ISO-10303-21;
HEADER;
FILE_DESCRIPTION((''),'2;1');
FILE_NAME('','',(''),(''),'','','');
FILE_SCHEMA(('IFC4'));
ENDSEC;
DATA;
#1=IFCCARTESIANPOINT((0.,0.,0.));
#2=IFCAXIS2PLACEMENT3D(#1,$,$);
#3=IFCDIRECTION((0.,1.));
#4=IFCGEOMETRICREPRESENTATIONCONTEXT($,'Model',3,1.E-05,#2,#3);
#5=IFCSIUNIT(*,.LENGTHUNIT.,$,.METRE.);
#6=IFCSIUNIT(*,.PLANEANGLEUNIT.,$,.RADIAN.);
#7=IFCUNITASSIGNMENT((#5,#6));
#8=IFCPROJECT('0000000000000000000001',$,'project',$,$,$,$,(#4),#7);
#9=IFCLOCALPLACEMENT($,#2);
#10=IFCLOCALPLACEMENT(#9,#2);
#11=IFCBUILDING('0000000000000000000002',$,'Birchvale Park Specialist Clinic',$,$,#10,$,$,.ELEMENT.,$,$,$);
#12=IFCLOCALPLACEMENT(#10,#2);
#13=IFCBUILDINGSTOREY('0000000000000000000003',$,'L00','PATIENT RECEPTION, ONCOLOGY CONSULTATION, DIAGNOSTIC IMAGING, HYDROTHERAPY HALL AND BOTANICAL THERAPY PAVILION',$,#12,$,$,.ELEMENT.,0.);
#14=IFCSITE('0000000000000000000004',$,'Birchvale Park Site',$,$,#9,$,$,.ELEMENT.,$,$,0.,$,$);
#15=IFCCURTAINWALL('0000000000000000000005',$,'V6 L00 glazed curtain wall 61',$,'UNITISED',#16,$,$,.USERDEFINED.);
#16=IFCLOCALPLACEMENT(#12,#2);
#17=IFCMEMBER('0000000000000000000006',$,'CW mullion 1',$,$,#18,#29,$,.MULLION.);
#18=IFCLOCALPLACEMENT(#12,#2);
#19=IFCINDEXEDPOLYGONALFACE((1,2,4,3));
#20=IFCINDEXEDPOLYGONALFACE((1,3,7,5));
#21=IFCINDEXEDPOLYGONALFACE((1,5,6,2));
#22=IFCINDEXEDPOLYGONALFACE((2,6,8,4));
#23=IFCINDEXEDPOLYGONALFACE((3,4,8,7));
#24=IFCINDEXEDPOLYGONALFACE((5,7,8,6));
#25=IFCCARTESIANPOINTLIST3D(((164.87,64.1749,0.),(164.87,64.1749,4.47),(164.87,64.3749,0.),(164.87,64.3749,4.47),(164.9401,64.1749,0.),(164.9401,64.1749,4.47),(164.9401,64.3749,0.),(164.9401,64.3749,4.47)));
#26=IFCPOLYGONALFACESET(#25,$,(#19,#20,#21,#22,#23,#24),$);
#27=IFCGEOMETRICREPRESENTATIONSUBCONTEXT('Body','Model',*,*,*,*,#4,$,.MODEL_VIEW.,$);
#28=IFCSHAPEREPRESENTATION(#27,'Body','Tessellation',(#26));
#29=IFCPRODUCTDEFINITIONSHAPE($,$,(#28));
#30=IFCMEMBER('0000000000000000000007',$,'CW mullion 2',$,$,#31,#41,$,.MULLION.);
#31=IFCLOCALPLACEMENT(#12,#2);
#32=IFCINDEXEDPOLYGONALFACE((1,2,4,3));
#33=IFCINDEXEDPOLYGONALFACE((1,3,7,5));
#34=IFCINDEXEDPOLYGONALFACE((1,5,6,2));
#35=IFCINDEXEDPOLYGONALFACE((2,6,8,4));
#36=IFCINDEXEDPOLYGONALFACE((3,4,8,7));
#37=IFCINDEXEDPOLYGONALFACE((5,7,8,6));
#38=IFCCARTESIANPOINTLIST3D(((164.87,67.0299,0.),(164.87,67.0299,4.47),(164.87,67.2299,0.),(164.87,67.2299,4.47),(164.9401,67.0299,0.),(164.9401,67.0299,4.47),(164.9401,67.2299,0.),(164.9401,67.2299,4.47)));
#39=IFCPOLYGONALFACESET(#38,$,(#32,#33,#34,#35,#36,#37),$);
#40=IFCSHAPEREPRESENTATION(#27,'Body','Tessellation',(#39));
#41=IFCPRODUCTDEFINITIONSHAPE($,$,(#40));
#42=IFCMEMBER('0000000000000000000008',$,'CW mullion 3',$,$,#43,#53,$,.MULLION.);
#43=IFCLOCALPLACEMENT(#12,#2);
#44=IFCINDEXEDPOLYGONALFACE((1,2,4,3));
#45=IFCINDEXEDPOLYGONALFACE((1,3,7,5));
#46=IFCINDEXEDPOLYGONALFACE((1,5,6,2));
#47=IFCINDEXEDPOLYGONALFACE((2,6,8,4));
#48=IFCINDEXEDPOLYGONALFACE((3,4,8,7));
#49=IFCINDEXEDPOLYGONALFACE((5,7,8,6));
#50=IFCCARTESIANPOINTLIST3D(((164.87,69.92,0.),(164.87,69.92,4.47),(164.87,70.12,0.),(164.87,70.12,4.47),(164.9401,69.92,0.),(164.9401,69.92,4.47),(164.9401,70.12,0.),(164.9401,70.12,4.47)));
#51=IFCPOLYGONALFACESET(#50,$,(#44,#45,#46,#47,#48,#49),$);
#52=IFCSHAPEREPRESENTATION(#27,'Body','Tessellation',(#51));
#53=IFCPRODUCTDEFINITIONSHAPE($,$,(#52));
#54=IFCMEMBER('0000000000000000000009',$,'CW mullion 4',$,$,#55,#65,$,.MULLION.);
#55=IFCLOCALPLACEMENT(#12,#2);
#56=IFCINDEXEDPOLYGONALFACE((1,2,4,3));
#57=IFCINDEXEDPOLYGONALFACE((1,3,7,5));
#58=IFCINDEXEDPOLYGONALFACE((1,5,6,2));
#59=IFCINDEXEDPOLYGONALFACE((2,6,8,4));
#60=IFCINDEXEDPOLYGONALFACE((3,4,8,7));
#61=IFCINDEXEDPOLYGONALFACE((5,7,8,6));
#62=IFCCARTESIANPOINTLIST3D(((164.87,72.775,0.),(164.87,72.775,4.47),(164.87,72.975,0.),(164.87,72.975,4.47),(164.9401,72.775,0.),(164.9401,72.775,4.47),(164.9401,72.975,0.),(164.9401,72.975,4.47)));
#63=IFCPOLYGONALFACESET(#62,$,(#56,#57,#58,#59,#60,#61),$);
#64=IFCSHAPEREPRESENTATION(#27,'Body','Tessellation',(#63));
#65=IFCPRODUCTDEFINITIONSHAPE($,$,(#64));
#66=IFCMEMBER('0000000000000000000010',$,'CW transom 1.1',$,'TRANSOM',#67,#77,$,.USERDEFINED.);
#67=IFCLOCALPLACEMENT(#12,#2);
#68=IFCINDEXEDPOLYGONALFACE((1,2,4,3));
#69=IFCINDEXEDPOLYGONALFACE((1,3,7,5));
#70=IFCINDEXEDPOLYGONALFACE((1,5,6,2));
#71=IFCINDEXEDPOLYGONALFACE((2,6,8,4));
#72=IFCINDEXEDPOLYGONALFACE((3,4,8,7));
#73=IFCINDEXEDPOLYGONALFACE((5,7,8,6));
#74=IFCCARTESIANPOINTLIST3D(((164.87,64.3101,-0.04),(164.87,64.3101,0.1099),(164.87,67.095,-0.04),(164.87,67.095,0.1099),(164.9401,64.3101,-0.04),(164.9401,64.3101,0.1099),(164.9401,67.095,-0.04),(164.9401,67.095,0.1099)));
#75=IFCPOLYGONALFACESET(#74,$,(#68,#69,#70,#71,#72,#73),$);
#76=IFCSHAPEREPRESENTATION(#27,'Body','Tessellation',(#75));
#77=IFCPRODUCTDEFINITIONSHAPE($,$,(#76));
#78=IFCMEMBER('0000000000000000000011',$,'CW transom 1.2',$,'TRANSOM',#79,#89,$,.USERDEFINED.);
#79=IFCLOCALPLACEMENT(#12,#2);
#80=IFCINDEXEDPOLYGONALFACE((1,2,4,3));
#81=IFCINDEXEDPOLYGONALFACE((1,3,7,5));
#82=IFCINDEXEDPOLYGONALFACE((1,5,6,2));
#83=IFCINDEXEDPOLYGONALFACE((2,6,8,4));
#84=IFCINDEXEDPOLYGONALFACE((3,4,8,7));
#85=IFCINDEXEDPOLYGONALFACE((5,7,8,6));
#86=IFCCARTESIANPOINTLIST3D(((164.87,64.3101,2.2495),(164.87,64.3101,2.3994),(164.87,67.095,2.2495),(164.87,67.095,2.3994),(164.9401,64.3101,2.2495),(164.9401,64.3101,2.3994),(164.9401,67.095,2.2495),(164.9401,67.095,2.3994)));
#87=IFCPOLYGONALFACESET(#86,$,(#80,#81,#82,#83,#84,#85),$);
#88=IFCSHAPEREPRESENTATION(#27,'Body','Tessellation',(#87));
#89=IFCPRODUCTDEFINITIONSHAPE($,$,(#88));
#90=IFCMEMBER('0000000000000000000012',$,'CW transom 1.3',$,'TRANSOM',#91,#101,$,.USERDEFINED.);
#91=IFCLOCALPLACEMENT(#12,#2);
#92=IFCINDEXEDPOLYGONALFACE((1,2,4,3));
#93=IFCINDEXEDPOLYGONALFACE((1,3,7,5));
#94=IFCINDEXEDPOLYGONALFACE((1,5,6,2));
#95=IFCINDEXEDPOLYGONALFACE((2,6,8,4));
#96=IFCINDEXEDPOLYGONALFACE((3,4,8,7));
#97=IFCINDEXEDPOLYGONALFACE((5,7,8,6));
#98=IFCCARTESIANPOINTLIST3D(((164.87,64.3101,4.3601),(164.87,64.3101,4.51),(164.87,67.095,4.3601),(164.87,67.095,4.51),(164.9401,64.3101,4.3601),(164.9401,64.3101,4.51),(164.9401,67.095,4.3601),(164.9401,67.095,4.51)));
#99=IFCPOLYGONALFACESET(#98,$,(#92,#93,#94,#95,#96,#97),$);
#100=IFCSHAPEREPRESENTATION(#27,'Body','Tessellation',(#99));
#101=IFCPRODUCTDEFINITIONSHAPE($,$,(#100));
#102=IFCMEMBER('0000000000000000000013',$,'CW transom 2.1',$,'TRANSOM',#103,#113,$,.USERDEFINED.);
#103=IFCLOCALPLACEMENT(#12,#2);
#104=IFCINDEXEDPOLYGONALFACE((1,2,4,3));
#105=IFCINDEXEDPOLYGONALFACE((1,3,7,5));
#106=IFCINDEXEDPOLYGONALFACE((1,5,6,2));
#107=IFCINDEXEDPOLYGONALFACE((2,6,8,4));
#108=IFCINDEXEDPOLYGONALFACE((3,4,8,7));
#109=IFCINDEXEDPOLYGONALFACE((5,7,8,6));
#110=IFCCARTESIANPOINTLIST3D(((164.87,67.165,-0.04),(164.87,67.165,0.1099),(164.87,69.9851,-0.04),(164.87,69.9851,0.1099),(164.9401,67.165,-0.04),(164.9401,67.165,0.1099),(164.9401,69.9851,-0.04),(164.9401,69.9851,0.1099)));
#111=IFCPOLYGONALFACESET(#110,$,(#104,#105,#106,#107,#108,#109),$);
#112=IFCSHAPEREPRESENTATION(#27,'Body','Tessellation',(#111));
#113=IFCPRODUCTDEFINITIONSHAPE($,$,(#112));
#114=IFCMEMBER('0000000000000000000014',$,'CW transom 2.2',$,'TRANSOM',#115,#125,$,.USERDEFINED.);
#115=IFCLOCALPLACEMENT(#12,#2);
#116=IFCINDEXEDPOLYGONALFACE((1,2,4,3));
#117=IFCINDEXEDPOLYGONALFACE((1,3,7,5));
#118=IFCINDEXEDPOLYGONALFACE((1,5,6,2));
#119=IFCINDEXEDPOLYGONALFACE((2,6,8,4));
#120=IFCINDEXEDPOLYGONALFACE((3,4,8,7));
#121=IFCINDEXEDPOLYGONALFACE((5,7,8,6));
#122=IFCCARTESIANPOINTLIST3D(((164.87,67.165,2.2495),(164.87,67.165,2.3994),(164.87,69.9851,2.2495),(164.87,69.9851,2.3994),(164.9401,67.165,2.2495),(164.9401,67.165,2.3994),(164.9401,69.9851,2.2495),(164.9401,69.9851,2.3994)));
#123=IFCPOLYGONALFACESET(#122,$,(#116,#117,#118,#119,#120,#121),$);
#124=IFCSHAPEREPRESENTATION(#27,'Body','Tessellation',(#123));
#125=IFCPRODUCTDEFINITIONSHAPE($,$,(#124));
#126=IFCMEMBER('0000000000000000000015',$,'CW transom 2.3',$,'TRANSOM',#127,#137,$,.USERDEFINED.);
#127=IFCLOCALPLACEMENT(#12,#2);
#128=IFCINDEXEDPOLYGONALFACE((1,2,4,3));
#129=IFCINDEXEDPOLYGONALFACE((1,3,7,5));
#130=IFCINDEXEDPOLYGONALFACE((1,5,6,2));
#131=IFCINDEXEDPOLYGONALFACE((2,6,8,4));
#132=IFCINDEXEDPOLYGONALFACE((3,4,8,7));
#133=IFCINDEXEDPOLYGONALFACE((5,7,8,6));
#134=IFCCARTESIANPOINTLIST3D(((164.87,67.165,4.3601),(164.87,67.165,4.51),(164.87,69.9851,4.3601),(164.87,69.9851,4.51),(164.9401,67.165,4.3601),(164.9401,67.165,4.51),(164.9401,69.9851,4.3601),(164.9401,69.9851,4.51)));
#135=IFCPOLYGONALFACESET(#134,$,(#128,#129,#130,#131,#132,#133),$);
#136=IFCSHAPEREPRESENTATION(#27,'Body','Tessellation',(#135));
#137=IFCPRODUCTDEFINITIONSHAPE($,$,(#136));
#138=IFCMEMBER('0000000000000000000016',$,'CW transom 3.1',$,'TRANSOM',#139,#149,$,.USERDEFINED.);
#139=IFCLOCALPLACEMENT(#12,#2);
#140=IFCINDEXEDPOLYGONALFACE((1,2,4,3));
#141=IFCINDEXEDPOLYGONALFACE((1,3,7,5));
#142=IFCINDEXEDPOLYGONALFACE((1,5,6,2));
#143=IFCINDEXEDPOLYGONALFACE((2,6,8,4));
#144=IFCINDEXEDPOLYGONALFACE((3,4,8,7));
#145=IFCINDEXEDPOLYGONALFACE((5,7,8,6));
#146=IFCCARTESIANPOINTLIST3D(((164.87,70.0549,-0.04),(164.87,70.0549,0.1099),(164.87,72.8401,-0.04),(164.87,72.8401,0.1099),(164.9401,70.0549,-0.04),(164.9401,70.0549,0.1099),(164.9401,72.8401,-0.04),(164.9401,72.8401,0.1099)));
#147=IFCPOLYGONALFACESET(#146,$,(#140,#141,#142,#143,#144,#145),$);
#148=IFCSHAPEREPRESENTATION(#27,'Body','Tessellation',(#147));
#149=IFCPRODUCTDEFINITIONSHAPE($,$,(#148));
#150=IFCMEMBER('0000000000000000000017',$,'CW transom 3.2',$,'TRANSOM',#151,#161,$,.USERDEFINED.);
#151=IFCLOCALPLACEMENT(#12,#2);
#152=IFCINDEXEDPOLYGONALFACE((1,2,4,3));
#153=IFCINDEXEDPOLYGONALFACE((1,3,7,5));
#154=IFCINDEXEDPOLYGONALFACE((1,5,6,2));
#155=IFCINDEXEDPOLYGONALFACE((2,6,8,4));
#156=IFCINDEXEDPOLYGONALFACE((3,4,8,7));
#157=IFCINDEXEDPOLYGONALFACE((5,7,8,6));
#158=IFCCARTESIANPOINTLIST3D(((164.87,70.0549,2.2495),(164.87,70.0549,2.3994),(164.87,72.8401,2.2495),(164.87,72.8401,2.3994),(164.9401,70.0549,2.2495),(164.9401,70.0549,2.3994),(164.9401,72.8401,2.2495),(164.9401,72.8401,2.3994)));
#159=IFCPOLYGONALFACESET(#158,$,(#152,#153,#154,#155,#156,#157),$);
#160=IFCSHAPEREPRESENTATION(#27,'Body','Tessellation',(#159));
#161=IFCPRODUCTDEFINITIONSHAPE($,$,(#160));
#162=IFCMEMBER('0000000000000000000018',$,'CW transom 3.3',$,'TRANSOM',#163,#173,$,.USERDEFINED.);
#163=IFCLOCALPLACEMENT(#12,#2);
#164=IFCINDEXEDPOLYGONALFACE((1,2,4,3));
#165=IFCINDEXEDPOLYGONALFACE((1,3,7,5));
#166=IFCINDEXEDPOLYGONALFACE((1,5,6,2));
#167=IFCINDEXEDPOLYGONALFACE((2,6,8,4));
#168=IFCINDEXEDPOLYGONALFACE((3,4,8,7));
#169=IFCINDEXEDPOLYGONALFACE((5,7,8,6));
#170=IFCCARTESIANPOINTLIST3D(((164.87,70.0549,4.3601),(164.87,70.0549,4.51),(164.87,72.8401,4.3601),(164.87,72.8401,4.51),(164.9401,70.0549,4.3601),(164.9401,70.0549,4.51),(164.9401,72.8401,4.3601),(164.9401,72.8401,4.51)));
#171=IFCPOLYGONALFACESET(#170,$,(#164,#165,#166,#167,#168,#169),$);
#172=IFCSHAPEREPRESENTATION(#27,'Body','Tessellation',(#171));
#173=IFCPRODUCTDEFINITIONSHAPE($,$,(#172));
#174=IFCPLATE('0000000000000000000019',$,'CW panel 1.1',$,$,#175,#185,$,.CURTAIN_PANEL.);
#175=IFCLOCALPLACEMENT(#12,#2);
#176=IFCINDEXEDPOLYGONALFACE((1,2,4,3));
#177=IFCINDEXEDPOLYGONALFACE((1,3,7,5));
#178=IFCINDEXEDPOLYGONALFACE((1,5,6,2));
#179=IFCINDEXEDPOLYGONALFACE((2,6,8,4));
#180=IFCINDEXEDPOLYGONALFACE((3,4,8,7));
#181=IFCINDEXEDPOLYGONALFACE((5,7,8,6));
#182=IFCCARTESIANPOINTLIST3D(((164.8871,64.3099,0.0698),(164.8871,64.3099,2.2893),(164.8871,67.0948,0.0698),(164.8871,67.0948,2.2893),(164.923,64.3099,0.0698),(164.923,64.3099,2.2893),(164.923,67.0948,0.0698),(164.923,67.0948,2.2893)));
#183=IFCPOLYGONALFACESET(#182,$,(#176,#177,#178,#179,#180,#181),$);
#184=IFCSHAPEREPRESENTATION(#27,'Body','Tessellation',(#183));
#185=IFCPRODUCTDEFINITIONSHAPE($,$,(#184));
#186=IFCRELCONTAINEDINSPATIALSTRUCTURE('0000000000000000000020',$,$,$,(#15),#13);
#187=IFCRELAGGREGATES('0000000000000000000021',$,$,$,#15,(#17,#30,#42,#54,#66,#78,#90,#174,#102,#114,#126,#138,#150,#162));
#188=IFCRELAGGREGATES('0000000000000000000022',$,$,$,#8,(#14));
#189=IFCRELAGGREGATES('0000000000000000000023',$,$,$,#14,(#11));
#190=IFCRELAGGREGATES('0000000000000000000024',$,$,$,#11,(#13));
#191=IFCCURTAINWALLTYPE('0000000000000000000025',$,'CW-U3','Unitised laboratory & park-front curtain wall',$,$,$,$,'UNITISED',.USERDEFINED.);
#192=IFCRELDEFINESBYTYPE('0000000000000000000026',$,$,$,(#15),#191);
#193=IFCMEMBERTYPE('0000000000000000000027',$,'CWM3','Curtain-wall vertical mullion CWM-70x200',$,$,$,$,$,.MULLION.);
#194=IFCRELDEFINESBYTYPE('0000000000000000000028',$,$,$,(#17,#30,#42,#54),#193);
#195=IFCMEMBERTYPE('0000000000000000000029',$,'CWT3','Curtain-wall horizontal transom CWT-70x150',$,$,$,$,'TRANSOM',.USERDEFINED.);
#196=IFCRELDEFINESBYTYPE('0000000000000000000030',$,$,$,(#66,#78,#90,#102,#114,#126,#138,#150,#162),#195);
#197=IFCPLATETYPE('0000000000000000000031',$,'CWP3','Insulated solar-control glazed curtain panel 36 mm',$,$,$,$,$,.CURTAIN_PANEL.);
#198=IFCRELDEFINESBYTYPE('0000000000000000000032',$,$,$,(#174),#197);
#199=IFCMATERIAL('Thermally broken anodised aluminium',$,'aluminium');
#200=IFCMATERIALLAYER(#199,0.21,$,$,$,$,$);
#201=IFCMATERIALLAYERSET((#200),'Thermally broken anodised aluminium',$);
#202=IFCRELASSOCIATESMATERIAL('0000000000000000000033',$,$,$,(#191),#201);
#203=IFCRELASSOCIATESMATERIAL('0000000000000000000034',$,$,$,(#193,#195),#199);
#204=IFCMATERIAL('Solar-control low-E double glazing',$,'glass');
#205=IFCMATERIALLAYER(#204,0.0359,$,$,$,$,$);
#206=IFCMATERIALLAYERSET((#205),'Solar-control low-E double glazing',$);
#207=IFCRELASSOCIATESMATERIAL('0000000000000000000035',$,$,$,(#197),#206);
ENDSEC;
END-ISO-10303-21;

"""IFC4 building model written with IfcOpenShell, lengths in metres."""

from ifc_helpers import new_model, si_unit, direction, frame, origin, origin_2d, place, context, subcontext, project, spatial, rectangle, extrude, material, layer, layer_set, material_profile, profile_set, type_object, element, aggregate, save


model = new_model("IFC4")

# Units and contexts
model_context = context("Model", 3, precision=1e-05, world=origin(), true_north=direction((0.0, 1.0)))
body_context = subcontext(model_context, "Body", "Model", "MODEL_VIEW")
ifc_project = project(units=[si_unit("LENGTHUNIT", "METRE"), si_unit("PLANEANGLEUNIT", "RADIAN")], contexts=[model_context])

# Site, building, storey
site_placement = place(None, origin())
site = spatial("IfcSite", under=ifc_project, at=site_placement, Name="Birchvale Park Site", CompositionType="ELEMENT", RefElevation=0.0)
building_placement = place(site_placement, origin())
building = spatial("IfcBuilding", under=site, at=building_placement, Name="Birchvale Park Specialist Clinic", CompositionType="ELEMENT")
storey_placement = place(building_placement, origin())
storey = spatial("IfcBuildingStorey", under=building, at=storey_placement, Name="L00", Description="PATIENT RECEPTION, ONCOLOGY CONSULTATION, DIAGNOSTIC IMAGING, HYDROTHERAPY HALL AND BOTANICAL THERAPY PAVILION", CompositionType="ELEMENT", Elevation=0.0)

# Curtain wall, members, plate
ifc_material_1 = material(Name="Thermally broken anodised aluminium", Category="aluminium")
ifc_layer_1 = layer(ifc_material_1, 0.21)
ifc_layer_set_1 = layer_set([ifc_layer_1], Name="Thermally broken anodised aluminium")
curtain_wall_type = type_object("IfcCurtainWallType", Name="CW-U3", Description="Unitised laboratory & park-front curtain wall", ElementType="UNITISED", PredefinedType="USERDEFINED", material=ifc_layer_set_1)
curtain_wall_placement = place(storey_placement, origin())
curtain_wall = element("IfcCurtainWall", 1, at=curtain_wall_placement, inside=storey, type_object=curtain_wall_type, Name="V6 L00 glazed curtain wall 61", ObjectType="UNITISED", PredefinedType="USERDEFINED")
ifc_material_profile_1 = material_profile(ifc_material_1, rectangle(XDim=0.0701, YDim=0.2, at=origin_2d()), Name="CWM-70x200")
ifc_profile_set_1 = profile_set([ifc_material_profile_1], Name="Thermally broken anodised aluminium")
member_type_1 = type_object("IfcMemberType", Name="CWM3", Description="Curtain-wall vertical mullion CWM-70x200", PredefinedType="MULLION", material=ifc_profile_set_1)
member_1_placement = place(storey_placement, frame((164.905, 64.2749, 0.0), z_axis=(0.0, 0.0, 1.0), x_axis=(-1.0, 0.0, 0.0)))
member_1 = element("IfcMember", 2, at=member_1_placement, type_object=member_type_1, Name="CW mullion 1", PredefinedType="MULLION", context=body_context, shape_type="SweptSolid", body=[
    extrude(rectangle(XDim=0.0701, YDim=0.2, at=origin_2d()), origin(), (0.0, 0.0, 1.0), 4.47),
])
member_2_placement = place(storey_placement, frame((164.905, 67.1299, 0.0), z_axis=(0.0, 0.0, 1.0), x_axis=(-1.0, 0.0, 0.0)))
member_2 = element("IfcMember", 3, at=member_2_placement, type_object=member_type_1, Name="CW mullion 2", PredefinedType="MULLION", context=body_context, shape_type="SweptSolid", body=[
    extrude(rectangle(XDim=0.0701, YDim=0.2, at=origin_2d()), origin(), (0.0, 0.0, 1.0), 4.47),
])
member_3_placement = place(storey_placement, frame((164.905, 70.02, 0.0), z_axis=(0.0, 0.0, 1.0), x_axis=(-1.0, 0.0, 0.0)))
member_3 = element("IfcMember", 4, at=member_3_placement, type_object=member_type_1, Name="CW mullion 3", PredefinedType="MULLION", context=body_context, shape_type="SweptSolid", body=[
    extrude(rectangle(XDim=0.0701, YDim=0.2, at=origin_2d()), origin(), (0.0, 0.0, 1.0), 4.47),
])
member_4_placement = place(storey_placement, frame((164.905, 72.875, 0.0), z_axis=(0.0, 0.0, 1.0), x_axis=(-1.0, 0.0, 0.0)))
member_4 = element("IfcMember", 5, at=member_4_placement, type_object=member_type_1, Name="CW mullion 4", PredefinedType="MULLION", context=body_context, shape_type="SweptSolid", body=[
    extrude(rectangle(XDim=0.0701, YDim=0.2, at=origin_2d()), origin(), (0.0, 0.0, 1.0), 4.47),
])
ifc_material_profile_2 = material_profile(ifc_material_1, rectangle(XDim=0.0701, YDim=0.1499, at=origin_2d()), Name="CWT-70x150")
ifc_profile_set_2 = profile_set([ifc_material_profile_2], Name="Thermally broken anodised aluminium")
member_type_2 = type_object("IfcMemberType", Name="CWT3", Description="Curtain-wall horizontal transom CWT-70x150", ElementType="TRANSOM", PredefinedType="USERDEFINED", material=ifc_profile_set_2)
member_5_placement = place(storey_placement, frame((164.905, 64.3101, 0.0349), z_axis=(0.0, 1.0, 0.0), x_axis=(-1.0, 0.0, 0.0)))
member_5 = element("IfcMember", 6, at=member_5_placement, type_object=member_type_2, Name="CW transom 1.1", ObjectType="TRANSOM", PredefinedType="USERDEFINED", context=body_context, shape_type="SweptSolid", body=[
    extrude(rectangle(XDim=0.0701, YDim=0.1499, at=origin_2d()), origin(), (0.0, 0.0, 1.0), 2.7849),
])
member_6_placement = place(storey_placement, frame((164.905, 64.3101, 2.3245), z_axis=(0.0, 1.0, 0.0), x_axis=(-1.0, 0.0, 0.0)))
member_6 = element("IfcMember", 7, at=member_6_placement, type_object=member_type_2, Name="CW transom 1.2", ObjectType="TRANSOM", PredefinedType="USERDEFINED", context=body_context, shape_type="SweptSolid", body=[
    extrude(rectangle(XDim=0.0701, YDim=0.1499, at=origin_2d()), origin(), (0.0, 0.0, 1.0), 2.7849),
])
member_7_placement = place(storey_placement, frame((164.905, 64.3101, 4.4351), z_axis=(0.0, 1.0, 0.0), x_axis=(-1.0, 0.0, 0.0)))
member_7 = element("IfcMember", 8, at=member_7_placement, type_object=member_type_2, Name="CW transom 1.3", ObjectType="TRANSOM", PredefinedType="USERDEFINED", context=body_context, shape_type="SweptSolid", body=[
    extrude(rectangle(XDim=0.0701, YDim=0.1499, at=origin_2d()), origin(), (0.0, 0.0, 1.0), 2.7849),
])
member_8_placement = place(storey_placement, frame((164.905, 67.165, 0.0349), z_axis=(0.0, 1.0, 0.0), x_axis=(-1.0, 0.0, 0.0)))
member_8 = element("IfcMember", 9, at=member_8_placement, type_object=member_type_2, Name="CW transom 2.1", ObjectType="TRANSOM", PredefinedType="USERDEFINED", context=body_context, shape_type="SweptSolid", body=[
    extrude(rectangle(XDim=0.0701, YDim=0.1499, at=origin_2d()), origin(), (0.0, 0.0, 1.0), 2.8201),
])
member_9_placement = place(storey_placement, frame((164.905, 67.165, 2.3245), z_axis=(0.0, 1.0, 0.0), x_axis=(-1.0, 0.0, 0.0)))
member_9 = element("IfcMember", 10, at=member_9_placement, type_object=member_type_2, Name="CW transom 2.2", ObjectType="TRANSOM", PredefinedType="USERDEFINED", context=body_context, shape_type="SweptSolid", body=[
    extrude(rectangle(XDim=0.0701, YDim=0.1499, at=origin_2d()), origin(), (0.0, 0.0, 1.0), 2.8201),
])
member_10_placement = place(storey_placement, frame((164.905, 67.165, 4.4351), z_axis=(0.0, 1.0, 0.0), x_axis=(-1.0, 0.0, 0.0)))
member_10 = element("IfcMember", 11, at=member_10_placement, type_object=member_type_2, Name="CW transom 2.3", ObjectType="TRANSOM", PredefinedType="USERDEFINED", context=body_context, shape_type="SweptSolid", body=[
    extrude(rectangle(XDim=0.0701, YDim=0.1499, at=origin_2d()), origin(), (0.0, 0.0, 1.0), 2.8201),
])
member_11_placement = place(storey_placement, frame((164.905, 70.0549, 0.0349), z_axis=(0.0, 1.0, 0.0), x_axis=(-1.0, 0.0, 0.0)))
member_11 = element("IfcMember", 12, at=member_11_placement, type_object=member_type_2, Name="CW transom 3.1", ObjectType="TRANSOM", PredefinedType="USERDEFINED", context=body_context, shape_type="SweptSolid", body=[
    extrude(rectangle(XDim=0.0701, YDim=0.1499, at=origin_2d()), origin(), (0.0, 0.0, 1.0), 2.7852),
])
member_12_placement = place(storey_placement, frame((164.905, 70.0549, 2.3245), z_axis=(0.0, 1.0, 0.0), x_axis=(-1.0, 0.0, 0.0)))
member_12 = element("IfcMember", 13, at=member_12_placement, type_object=member_type_2, Name="CW transom 3.2", ObjectType="TRANSOM", PredefinedType="USERDEFINED", context=body_context, shape_type="SweptSolid", body=[
    extrude(rectangle(XDim=0.0701, YDim=0.1499, at=origin_2d()), origin(), (0.0, 0.0, 1.0), 2.7852),
])
member_13_placement = place(storey_placement, frame((164.905, 70.0549, 4.4351), z_axis=(0.0, 1.0, 0.0), x_axis=(-1.0, 0.0, 0.0)))
member_13 = element("IfcMember", 14, at=member_13_placement, type_object=member_type_2, Name="CW transom 3.3", ObjectType="TRANSOM", PredefinedType="USERDEFINED", context=body_context, shape_type="SweptSolid", body=[
    extrude(rectangle(XDim=0.0701, YDim=0.1499, at=origin_2d()), origin(), (0.0, 0.0, 1.0), 2.7852),
])
ifc_material_2 = material(Name="Solar-control low-E double glazing", Category="glass")
ifc_layer_2 = layer(ifc_material_2, 0.0359)
ifc_layer_set_2 = layer_set([ifc_layer_2], Name="Solar-control low-E double glazing")
plate_type = type_object("IfcPlateType", Name="CWP3", Description="Insulated solar-control glazed curtain panel 36 mm", PredefinedType="CURTAIN_PANEL", material=ifc_layer_set_2)
plate_1_placement = place(storey_placement, frame((164.905, 65.7024, 0.0698), z_axis=(0.0, 0.0, 1.0), x_axis=(0.0, 1.0, 0.0)))
plate_1 = element("IfcPlate", 15, at=plate_1_placement, type_object=plate_type, Name="CW panel 1.1", PredefinedType="CURTAIN_PANEL", context=body_context, shape_type="SweptSolid", body=[
    extrude(rectangle(XDim=2.7849, YDim=0.0359, at=origin_2d()), origin(), (0.0, 0.0, 1.0), 2.2195),
])
aggregate(curtain_wall, [member_1, member_2, member_3, member_4, member_5, member_6, member_7, plate_1, member_8, member_9, member_10, member_11, member_12, member_13])

save(model, "model.ifc")
